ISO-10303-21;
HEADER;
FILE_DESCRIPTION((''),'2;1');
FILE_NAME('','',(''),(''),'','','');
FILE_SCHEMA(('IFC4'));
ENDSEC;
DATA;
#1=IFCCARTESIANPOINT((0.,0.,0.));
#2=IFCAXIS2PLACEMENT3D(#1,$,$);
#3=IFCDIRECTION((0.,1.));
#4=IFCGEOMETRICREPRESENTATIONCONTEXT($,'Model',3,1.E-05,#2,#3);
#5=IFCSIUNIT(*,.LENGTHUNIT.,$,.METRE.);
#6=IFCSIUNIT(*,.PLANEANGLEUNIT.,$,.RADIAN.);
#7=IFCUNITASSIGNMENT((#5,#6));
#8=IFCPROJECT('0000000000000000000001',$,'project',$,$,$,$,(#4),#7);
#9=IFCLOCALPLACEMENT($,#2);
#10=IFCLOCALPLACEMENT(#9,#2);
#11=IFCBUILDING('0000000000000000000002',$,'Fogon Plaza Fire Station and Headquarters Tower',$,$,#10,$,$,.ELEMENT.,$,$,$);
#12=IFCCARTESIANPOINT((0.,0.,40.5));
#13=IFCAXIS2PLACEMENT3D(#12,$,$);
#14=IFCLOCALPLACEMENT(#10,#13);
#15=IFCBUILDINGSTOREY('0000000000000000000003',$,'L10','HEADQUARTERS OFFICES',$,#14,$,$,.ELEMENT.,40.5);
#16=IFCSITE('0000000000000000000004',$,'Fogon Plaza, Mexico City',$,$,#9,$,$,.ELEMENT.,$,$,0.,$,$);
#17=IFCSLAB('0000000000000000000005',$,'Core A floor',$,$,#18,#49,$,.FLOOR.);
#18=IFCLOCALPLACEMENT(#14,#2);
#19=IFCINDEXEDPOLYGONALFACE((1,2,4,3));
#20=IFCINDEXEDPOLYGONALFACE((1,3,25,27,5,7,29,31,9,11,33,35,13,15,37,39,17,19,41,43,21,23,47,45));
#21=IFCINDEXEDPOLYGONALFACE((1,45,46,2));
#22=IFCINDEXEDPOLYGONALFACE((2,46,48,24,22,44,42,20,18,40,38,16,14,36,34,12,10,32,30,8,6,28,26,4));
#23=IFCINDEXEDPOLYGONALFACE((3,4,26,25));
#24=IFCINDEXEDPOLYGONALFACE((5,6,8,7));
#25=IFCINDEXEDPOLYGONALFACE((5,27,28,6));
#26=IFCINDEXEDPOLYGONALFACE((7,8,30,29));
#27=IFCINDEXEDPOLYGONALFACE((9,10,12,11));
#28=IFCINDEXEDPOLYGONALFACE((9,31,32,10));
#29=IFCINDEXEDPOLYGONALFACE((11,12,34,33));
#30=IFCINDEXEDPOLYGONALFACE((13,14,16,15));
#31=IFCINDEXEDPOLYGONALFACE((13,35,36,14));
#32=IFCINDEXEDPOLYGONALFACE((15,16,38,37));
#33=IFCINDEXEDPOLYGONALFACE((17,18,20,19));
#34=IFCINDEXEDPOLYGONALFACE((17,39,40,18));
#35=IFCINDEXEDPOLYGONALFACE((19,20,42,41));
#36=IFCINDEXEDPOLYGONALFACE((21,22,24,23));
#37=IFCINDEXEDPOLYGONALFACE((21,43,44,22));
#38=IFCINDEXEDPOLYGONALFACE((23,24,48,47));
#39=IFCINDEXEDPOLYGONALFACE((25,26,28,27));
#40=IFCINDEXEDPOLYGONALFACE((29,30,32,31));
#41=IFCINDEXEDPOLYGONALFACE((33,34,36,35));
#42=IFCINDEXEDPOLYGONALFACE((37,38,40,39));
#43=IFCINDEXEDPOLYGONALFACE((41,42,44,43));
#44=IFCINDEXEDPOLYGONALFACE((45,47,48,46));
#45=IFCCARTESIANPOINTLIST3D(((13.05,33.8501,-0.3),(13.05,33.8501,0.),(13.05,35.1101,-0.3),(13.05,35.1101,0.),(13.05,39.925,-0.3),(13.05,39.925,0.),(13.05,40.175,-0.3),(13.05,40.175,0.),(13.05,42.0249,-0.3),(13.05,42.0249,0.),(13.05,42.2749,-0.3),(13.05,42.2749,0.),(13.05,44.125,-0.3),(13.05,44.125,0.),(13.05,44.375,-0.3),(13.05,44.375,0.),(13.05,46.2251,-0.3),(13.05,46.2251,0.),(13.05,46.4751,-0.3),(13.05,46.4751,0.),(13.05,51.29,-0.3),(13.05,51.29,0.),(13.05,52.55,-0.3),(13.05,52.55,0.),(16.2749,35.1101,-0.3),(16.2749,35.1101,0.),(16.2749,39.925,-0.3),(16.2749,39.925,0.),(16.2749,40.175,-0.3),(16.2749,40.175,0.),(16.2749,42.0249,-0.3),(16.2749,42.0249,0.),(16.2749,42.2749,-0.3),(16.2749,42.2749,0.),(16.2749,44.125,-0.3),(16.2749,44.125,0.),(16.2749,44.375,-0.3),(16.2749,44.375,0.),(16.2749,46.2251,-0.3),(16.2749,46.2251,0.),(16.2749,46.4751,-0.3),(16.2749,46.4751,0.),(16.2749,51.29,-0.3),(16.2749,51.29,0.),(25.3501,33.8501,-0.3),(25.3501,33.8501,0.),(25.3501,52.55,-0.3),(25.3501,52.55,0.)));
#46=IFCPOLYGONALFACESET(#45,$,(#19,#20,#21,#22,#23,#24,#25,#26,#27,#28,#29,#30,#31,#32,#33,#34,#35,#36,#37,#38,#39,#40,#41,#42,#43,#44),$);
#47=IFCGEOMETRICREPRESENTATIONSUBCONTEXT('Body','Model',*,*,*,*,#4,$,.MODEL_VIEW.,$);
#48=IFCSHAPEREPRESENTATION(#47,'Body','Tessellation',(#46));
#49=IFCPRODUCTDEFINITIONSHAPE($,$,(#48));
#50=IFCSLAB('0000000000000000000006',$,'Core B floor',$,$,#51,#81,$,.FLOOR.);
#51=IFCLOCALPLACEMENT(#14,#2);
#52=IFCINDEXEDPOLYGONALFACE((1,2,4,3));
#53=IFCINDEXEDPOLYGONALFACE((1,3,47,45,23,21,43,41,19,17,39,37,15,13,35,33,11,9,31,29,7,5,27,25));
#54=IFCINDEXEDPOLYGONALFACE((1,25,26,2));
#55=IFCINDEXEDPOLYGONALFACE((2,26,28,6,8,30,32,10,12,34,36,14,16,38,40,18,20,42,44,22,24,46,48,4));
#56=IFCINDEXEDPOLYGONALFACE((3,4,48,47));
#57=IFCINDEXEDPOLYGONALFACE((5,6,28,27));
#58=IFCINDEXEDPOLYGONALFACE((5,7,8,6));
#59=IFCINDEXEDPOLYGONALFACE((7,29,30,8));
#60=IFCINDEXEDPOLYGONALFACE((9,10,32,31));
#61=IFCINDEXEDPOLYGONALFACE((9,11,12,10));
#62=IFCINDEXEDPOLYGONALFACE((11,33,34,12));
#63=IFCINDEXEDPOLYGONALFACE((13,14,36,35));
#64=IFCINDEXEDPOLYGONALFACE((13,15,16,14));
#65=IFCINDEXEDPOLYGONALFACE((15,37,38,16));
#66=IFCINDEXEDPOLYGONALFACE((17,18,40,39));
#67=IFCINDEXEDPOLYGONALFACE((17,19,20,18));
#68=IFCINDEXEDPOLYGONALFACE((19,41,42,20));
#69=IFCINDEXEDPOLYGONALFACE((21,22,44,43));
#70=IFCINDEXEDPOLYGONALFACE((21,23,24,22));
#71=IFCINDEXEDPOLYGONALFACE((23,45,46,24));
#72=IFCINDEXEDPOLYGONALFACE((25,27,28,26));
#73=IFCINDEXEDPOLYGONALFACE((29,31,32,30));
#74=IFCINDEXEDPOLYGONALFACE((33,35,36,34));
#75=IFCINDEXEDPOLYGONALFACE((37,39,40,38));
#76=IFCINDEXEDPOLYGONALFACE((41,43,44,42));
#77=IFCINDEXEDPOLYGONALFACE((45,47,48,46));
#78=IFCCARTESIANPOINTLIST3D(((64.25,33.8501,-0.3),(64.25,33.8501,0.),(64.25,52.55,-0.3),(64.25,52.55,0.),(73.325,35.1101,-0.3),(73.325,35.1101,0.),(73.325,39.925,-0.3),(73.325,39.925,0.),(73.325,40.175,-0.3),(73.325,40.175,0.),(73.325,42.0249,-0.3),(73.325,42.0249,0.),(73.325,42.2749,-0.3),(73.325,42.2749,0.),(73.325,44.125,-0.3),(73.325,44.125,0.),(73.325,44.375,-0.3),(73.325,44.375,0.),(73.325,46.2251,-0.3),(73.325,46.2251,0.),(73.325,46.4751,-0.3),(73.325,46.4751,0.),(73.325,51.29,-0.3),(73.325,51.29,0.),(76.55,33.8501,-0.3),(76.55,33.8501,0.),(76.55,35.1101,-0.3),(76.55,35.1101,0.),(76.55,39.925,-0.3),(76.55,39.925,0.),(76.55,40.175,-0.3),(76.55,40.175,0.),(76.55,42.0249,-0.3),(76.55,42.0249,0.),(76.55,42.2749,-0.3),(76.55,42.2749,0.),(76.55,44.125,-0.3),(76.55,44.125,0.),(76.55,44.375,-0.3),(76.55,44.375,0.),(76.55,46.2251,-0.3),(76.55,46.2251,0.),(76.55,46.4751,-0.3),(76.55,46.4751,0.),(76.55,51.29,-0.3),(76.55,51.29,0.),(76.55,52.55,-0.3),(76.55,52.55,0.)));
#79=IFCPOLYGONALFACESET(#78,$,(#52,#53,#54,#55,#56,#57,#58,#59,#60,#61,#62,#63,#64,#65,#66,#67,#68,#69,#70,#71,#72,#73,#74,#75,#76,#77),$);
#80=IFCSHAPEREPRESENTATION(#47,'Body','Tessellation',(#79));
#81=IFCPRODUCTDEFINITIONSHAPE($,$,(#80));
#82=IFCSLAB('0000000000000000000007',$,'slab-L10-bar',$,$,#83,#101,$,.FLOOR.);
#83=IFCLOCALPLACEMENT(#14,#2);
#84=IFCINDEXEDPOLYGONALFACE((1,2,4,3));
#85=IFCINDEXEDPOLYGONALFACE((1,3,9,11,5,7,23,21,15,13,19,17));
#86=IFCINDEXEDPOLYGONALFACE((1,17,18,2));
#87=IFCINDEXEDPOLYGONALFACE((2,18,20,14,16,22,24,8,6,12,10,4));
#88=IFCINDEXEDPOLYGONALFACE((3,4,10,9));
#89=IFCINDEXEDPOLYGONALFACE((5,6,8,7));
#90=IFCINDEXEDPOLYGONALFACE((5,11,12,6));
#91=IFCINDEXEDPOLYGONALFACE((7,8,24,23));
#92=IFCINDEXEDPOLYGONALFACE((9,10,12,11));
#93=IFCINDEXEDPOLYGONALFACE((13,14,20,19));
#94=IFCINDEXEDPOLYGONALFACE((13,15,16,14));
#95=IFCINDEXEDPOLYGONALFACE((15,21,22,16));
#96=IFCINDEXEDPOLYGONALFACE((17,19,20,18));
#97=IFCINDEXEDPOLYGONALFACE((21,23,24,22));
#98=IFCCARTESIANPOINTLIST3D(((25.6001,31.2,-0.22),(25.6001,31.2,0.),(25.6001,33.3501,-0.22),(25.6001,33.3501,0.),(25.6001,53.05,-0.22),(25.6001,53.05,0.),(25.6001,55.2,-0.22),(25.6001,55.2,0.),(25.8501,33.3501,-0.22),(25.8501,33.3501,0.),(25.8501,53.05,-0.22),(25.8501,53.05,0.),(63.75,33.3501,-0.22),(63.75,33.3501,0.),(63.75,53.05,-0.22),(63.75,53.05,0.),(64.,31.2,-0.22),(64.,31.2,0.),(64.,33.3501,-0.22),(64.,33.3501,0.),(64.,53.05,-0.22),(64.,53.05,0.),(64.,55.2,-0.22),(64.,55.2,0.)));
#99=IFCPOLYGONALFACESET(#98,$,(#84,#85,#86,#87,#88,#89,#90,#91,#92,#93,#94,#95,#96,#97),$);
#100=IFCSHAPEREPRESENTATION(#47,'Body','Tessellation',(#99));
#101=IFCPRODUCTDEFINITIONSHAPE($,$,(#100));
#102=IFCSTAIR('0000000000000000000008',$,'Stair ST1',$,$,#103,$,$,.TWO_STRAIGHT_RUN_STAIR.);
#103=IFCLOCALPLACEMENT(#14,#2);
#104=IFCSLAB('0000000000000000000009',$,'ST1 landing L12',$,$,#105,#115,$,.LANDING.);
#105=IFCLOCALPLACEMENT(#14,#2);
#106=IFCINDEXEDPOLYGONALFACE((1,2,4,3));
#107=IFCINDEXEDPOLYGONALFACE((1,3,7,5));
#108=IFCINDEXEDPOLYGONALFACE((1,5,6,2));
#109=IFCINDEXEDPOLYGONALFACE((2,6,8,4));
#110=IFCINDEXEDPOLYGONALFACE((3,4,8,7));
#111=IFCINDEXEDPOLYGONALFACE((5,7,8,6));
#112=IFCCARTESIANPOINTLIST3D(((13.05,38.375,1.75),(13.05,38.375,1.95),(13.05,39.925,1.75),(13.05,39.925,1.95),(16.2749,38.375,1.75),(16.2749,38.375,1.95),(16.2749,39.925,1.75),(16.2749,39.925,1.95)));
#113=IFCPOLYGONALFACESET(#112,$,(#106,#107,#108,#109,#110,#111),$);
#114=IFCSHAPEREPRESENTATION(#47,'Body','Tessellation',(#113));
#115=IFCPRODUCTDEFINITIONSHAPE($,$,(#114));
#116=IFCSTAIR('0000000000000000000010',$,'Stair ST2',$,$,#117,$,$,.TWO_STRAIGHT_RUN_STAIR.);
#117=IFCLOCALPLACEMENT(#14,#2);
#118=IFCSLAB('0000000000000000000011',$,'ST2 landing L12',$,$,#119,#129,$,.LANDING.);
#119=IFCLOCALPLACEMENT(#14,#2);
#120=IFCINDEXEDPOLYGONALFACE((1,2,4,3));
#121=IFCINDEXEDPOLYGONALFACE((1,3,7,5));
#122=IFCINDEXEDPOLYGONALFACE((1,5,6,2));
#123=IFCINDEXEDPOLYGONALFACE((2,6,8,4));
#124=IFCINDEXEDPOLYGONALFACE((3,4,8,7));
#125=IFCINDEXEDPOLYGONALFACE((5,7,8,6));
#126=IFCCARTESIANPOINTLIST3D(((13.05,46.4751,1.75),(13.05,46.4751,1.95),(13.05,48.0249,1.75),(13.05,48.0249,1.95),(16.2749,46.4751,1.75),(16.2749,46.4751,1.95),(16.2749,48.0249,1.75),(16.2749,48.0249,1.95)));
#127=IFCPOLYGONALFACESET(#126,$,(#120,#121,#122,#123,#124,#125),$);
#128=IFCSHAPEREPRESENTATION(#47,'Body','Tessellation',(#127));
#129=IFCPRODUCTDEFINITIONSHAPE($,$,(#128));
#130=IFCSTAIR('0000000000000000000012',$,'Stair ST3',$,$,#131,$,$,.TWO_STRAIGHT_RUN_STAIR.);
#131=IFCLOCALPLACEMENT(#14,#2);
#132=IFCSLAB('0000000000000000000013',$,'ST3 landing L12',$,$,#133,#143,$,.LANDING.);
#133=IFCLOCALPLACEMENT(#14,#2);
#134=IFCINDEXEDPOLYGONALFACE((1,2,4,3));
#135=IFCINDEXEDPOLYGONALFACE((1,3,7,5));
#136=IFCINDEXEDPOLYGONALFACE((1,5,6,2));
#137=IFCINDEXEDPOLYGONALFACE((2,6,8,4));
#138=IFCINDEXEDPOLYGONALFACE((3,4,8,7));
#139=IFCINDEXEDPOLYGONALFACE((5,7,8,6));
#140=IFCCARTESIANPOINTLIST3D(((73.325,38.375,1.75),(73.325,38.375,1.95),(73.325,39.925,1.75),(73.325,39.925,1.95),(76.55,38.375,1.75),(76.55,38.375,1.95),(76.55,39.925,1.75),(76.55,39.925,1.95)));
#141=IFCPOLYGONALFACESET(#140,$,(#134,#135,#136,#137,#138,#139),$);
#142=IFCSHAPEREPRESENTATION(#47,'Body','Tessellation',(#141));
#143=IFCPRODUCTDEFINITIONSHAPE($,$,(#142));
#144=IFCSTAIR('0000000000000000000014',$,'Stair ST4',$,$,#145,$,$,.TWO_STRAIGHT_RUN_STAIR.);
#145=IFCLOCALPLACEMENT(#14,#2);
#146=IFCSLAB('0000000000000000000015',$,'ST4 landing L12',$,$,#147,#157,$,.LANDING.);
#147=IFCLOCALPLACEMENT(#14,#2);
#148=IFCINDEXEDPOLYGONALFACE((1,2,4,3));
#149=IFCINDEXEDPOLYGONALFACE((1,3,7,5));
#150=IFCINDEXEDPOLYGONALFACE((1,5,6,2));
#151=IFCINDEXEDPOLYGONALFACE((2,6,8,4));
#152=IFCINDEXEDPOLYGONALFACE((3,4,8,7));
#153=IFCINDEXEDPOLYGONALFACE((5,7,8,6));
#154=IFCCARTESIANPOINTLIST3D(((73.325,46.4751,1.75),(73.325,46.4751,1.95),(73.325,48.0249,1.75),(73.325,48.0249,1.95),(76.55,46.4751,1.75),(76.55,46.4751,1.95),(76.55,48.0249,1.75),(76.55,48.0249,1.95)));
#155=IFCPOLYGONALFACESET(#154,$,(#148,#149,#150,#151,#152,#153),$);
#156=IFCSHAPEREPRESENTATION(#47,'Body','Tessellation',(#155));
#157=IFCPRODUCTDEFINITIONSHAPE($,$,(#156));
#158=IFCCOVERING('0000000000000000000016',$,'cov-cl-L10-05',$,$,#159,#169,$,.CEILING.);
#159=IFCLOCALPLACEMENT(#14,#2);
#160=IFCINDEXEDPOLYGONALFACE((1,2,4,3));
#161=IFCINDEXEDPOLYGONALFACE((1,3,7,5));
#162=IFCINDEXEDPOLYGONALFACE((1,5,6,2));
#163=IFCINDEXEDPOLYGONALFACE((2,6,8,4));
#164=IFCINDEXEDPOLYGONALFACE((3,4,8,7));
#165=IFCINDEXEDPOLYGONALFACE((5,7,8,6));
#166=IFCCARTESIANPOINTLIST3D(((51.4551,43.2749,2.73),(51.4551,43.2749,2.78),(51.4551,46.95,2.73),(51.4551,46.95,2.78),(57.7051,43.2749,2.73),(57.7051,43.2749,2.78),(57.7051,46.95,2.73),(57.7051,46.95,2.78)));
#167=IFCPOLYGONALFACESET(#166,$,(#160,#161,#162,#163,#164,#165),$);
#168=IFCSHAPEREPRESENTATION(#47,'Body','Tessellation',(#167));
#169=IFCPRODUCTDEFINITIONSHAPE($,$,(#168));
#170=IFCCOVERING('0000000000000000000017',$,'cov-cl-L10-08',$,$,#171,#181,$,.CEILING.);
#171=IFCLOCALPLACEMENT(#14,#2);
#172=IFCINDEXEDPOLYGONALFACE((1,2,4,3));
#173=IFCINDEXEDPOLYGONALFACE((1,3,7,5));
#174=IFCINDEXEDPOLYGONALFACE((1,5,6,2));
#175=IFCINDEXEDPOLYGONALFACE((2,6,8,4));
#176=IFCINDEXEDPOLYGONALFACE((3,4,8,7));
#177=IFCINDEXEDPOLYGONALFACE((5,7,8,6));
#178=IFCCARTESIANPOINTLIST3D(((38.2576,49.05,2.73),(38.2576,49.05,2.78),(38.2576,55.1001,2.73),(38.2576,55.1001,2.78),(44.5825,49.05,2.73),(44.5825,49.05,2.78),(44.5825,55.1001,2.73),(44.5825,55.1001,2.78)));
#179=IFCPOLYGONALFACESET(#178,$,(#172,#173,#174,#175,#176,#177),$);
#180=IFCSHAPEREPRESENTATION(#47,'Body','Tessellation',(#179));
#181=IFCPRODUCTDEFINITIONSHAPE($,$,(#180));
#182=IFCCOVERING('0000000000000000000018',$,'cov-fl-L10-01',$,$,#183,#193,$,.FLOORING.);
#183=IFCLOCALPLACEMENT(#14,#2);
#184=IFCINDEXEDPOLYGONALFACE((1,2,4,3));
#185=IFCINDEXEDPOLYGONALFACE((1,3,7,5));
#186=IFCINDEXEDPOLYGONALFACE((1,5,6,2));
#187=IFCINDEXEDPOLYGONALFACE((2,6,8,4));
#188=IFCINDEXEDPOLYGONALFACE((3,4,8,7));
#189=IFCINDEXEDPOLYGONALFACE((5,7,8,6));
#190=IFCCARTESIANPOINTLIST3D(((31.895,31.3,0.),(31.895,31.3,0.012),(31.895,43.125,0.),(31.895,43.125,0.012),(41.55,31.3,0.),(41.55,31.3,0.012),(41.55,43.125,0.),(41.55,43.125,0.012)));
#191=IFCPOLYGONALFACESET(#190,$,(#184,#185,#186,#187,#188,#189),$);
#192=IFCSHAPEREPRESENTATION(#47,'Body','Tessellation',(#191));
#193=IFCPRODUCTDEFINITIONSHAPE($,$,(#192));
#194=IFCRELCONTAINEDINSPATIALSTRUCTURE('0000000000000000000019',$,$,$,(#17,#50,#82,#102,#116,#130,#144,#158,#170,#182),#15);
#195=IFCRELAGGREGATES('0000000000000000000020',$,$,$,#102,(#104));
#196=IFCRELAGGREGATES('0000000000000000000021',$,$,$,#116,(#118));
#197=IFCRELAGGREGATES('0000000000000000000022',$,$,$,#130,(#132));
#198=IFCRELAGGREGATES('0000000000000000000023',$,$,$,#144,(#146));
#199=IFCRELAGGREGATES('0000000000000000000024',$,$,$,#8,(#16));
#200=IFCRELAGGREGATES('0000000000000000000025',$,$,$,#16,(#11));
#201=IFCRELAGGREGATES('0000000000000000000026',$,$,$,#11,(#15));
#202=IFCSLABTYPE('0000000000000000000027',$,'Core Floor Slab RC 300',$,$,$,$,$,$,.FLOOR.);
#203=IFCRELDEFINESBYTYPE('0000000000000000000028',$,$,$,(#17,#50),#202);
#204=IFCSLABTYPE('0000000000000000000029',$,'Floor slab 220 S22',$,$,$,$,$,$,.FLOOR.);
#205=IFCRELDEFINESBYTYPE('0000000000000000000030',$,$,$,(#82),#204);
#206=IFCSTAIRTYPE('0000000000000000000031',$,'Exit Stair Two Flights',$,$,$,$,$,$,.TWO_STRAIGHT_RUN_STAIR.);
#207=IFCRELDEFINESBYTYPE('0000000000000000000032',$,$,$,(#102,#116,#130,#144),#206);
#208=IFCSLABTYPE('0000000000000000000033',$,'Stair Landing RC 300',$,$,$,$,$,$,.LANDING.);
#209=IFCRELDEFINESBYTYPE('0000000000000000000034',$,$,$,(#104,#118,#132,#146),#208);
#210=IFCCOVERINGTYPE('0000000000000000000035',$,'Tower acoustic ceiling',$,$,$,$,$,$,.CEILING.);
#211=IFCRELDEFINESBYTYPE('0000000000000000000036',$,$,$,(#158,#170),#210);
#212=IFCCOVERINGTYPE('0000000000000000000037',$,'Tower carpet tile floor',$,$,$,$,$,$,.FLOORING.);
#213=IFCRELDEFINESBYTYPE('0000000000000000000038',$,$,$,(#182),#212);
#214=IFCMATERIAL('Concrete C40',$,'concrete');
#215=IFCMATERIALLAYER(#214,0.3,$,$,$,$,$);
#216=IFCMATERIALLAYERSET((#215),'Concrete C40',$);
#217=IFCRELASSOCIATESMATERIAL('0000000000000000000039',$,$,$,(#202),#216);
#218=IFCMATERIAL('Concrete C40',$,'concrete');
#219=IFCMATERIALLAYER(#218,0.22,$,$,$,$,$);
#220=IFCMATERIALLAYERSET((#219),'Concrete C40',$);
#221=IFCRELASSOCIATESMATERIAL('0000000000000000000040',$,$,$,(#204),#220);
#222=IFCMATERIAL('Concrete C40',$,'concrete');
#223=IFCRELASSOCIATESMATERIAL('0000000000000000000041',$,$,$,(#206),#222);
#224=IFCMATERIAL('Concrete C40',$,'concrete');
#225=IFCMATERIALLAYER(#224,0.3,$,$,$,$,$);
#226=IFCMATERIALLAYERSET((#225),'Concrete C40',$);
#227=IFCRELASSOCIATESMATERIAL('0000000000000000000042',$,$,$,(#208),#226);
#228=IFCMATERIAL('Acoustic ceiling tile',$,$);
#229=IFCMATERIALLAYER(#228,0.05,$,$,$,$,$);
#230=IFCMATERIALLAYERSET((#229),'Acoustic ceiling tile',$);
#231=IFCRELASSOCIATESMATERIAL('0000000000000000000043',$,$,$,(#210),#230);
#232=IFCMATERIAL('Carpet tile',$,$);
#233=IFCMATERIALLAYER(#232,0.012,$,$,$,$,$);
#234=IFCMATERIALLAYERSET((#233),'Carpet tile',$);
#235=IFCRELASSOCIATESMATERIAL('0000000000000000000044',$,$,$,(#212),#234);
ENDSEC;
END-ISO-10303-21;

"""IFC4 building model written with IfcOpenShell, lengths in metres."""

from ifc_helpers import new_model, si_unit, direction, frame, origin, place, context, subcontext, project, spatial, polyline, outline, extrude, material, layer, layer_set, type_object, element, aggregate, save


model = new_model("IFC4")

# Units and contexts
model_context = context("Model", 3, precision=1e-05, world=origin(), true_north=direction((0.0, 1.0)))
body_context = subcontext(model_context, "Body", "Model", "MODEL_VIEW")
ifc_project = project(units=[si_unit("LENGTHUNIT", "METRE"), si_unit("PLANEANGLEUNIT", "RADIAN")], contexts=[model_context])

# Site, building, storey
site_placement = place(None, origin())
site = spatial("IfcSite", under=ifc_project, at=site_placement, Name="Fogon Plaza, Mexico City", CompositionType="ELEMENT", RefElevation=0.0)
building_placement = place(site_placement, origin())
building = spatial("IfcBuilding", under=site, at=building_placement, Name="Fogon Plaza Fire Station and Headquarters Tower", CompositionType="ELEMENT")
storey_placement = place(building_placement, frame((0.0, 0.0, 40.5)))
storey = spatial("IfcBuildingStorey", under=building, at=storey_placement, Name="L10", Description="HEADQUARTERS OFFICES", CompositionType="ELEMENT", Elevation=40.5)

# Slabs
ifc_material_1 = material(Name="Concrete C40", Category="concrete")
ifc_layer_1 = layer(ifc_material_1, 0.3)
ifc_layer_set_1 = layer_set([ifc_layer_1], Name="Concrete C40")
slab_type_1 = type_object("IfcSlabType", Name="Core Floor Slab RC 300", PredefinedType="FLOOR", material=ifc_layer_set_1)
slab_1_placement = place(storey_placement, frame((0.0, 0.0, -0.3)))
element("IfcSlab", 1, at=slab_1_placement, inside=storey, type_object=slab_type_1, Name="Core A floor", PredefinedType="FLOOR", context=body_context, shape_type="SweptSolid", body=[
    extrude(outline(polyline([(13.05, 35.1101), (13.05, 33.8501), (25.3501, 33.8501), (25.3501, 52.55), (13.05, 52.55), (13.05, 51.29), (16.2749, 51.29), (16.2749, 46.4751), (13.05, 46.4751), (13.05, 46.2251), (16.2749, 46.2251), (16.2749, 44.375), (13.05, 44.375), (13.05, 44.125), (16.2749, 44.125), (16.2749, 42.2749), (13.05, 42.2749), (13.05, 42.0249), (16.2749, 42.0249), (16.2749, 40.175), (13.05, 40.175), (13.05, 39.925), (16.2749, 39.925), (16.2749, 35.1101), (13.05, 35.1101)])), origin(), (0.0, 0.0, 1.0), 0.3),
])
slab_2_placement = place(storey_placement, frame((0.0, 0.0, -0.3)))
element("IfcSlab", 2, at=slab_2_placement, inside=storey, type_object=slab_type_1, Name="Core B floor", PredefinedType="FLOOR", context=body_context, shape_type="SweptSolid", body=[
    extrude(outline(polyline([(76.55, 35.1101), (73.325, 35.1101), (73.325, 39.925), (76.55, 39.925), (76.55, 40.175), (73.325, 40.175), (73.325, 42.0249), (76.55, 42.0249), (76.55, 42.2749), (73.325, 42.2749), (73.325, 44.125), (76.55, 44.125), (76.55, 44.375), (73.325, 44.375), (73.325, 46.2251), (76.55, 46.2251), (76.55, 46.4751), (73.325, 46.4751), (73.325, 51.29), (76.55, 51.29), (76.55, 52.55), (64.25, 52.55), (64.25, 33.8501), (76.55, 33.8501), (76.55, 35.1101)])), origin(), (0.0, 0.0, 1.0), 0.3),
])
ifc_material_2 = material(Name="Concrete C40", Category="concrete")
ifc_layer_2 = layer(ifc_material_2, 0.22)
ifc_layer_set_2 = layer_set([ifc_layer_2], Name="Concrete C40")
slab_type_2 = type_object("IfcSlabType", Name="Floor slab 220 S22", PredefinedType="FLOOR", material=ifc_layer_set_2)
slab_3_placement = place(storey_placement, frame((0.0, 0.0, -0.22)))
element("IfcSlab", 3, at=slab_3_placement, inside=storey, type_object=slab_type_2, Name="slab-L10-bar", PredefinedType="FLOOR", context=body_context, shape_type="SweptSolid", body=[
    extrude(outline(polyline([(64.0, 31.2), (25.6001, 31.2), (25.6001, 33.3501), (25.8501, 33.3501), (25.8501, 53.05), (25.6001, 53.05), (25.6001, 55.2), (64.0, 55.2), (64.0, 53.05), (63.75, 53.05), (63.75, 33.3501), (64.0, 33.3501), (64.0, 31.2)])), origin(), (0.0, 0.0, 1.0), 0.22),
])

# Stairs, slabs
ifc_material_3 = material(Name="Concrete C40", Category="concrete")
stair_type = type_object("IfcStairType", Name="Exit Stair Two Flights", PredefinedType="TWO_STRAIGHT_RUN_STAIR", material=ifc_material_3)
stair_1_placement = place(storey_placement, origin())
stair_1 = element("IfcStair", 4, at=stair_1_placement, inside=storey, type_object=stair_type, Name="Stair ST1", PredefinedType="TWO_STRAIGHT_RUN_STAIR")
ifc_material_4 = material(Name="Concrete C40", Category="concrete")
ifc_layer_3 = layer(ifc_material_4, 0.3)
ifc_layer_set_3 = layer_set([ifc_layer_3], Name="Concrete C40")
slab_type_3 = type_object("IfcSlabType", Name="Stair Landing RC 300", PredefinedType="LANDING", material=ifc_layer_set_3)
slab_4_placement = place(storey_placement, frame((0.0, 0.0, 1.75)))
slab_4 = element("IfcSlab", 5, at=slab_4_placement, type_object=slab_type_3, Name="ST1 landing L12", PredefinedType="LANDING", context=body_context, shape_type="SweptSolid", body=[
    extrude(outline(polyline([(16.2749, 38.375), (16.2749, 39.925), (13.05, 39.925), (13.05, 38.375), (16.2749, 38.375)])), origin(), (0.0, 0.0, 1.0), 0.2),
])
aggregate(stair_1, [slab_4])
stair_2_placement = place(storey_placement, origin())
stair_2 = element("IfcStair", 6, at=stair_2_placement, inside=storey, type_object=stair_type, Name="Stair ST2", PredefinedType="TWO_STRAIGHT_RUN_STAIR")
slab_5_placement = place(storey_placement, frame((0.0, 0.0, 1.75)))
slab_5 = element("IfcSlab", 7, at=slab_5_placement, type_object=slab_type_3, Name="ST2 landing L12", PredefinedType="LANDING", context=body_context, shape_type="SweptSolid", body=[
    extrude(outline(polyline([(16.2749, 46.4751), (16.2749, 48.0249), (13.05, 48.0249), (13.05, 46.4751), (16.2749, 46.4751)])), origin(), (0.0, 0.0, 1.0), 0.2),
])
aggregate(stair_2, [slab_5])
stair_3_placement = place(storey_placement, origin())
stair_3 = element("IfcStair", 8, at=stair_3_placement, inside=storey, type_object=stair_type, Name="Stair ST3", PredefinedType="TWO_STRAIGHT_RUN_STAIR")
slab_6_placement = place(storey_placement, frame((0.0, 0.0, 1.75)))
slab_6 = element("IfcSlab", 9, at=slab_6_placement, type_object=slab_type_3, Name="ST3 landing L12", PredefinedType="LANDING", context=body_context, shape_type="SweptSolid", body=[
    extrude(outline(polyline([(73.325, 38.375), (76.55, 38.375), (76.55, 39.925), (73.325, 39.925), (73.325, 38.375)])), origin(), (0.0, 0.0, 1.0), 0.2),
])
aggregate(stair_3, [slab_6])
stair_4_placement = place(storey_placement, origin())
stair_4 = element("IfcStair", 10, at=stair_4_placement, inside=storey, type_object=stair_type, Name="Stair ST4", PredefinedType="TWO_STRAIGHT_RUN_STAIR")
slab_7_placement = place(storey_placement, frame((0.0, 0.0, 1.75)))
slab_7 = element("IfcSlab", 11, at=slab_7_placement, type_object=slab_type_3, Name="ST4 landing L12", PredefinedType="LANDING", context=body_context, shape_type="SweptSolid", body=[
    extrude(outline(polyline([(73.325, 46.4751), (76.55, 46.4751), (76.55, 48.0249), (73.325, 48.0249), (73.325, 46.4751)])), origin(), (0.0, 0.0, 1.0), 0.2),
])
aggregate(stair_4, [slab_7])

# Coverings
ifc_material_5 = material(Name="Acoustic ceiling tile")
ifc_layer_4 = layer(ifc_material_5, 0.05)
ifc_layer_set_4 = layer_set([ifc_layer_4], Name="Acoustic ceiling tile")
covering_type_1 = type_object("IfcCoveringType", Name="Tower acoustic ceiling", PredefinedType="CEILING", material=ifc_layer_set_4)
covering_1_placement = place(storey_placement, frame((0.0, 0.0, 2.73)))
element("IfcCovering", 12, at=covering_1_placement, inside=storey, type_object=covering_type_1, Name="cov-cl-L10-05", PredefinedType="CEILING", context=body_context, shape_type="SweptSolid", body=[
    extrude(outline(polyline([(57.7051, 43.2749), (57.7051, 46.95), (51.4551, 46.95), (51.4551, 43.2749), (57.7051, 43.2749)])), origin(), (0.0, 0.0, 1.0), 0.05),
])
covering_2_placement = place(storey_placement, frame((0.0, 0.0, 2.73)))
element("IfcCovering", 13, at=covering_2_placement, inside=storey, type_object=covering_type_1, Name="cov-cl-L10-08", PredefinedType="CEILING", context=body_context, shape_type="SweptSolid", body=[
    extrude(outline(polyline([(44.5825, 49.05), (44.5825, 55.1001), (38.2576, 55.1001), (38.2576, 49.05), (44.5825, 49.05)])), origin(), (0.0, 0.0, 1.0), 0.05),
])
ifc_material_6 = material(Name="Carpet tile")
ifc_layer_5 = layer(ifc_material_6, 0.012)
ifc_layer_set_5 = layer_set([ifc_layer_5], Name="Carpet tile")
covering_type_2 = type_object("IfcCoveringType", Name="Tower carpet tile floor", PredefinedType="FLOORING", material=ifc_layer_set_5)
covering_3_placement = place(storey_placement, origin())
element("IfcCovering", 14, at=covering_3_placement, inside=storey, type_object=covering_type_2, Name="cov-fl-L10-01", PredefinedType="FLOORING", context=body_context, shape_type="SweptSolid", body=[
    extrude(outline(polyline([(41.55, 31.3), (41.55, 43.125), (31.895, 43.125), (31.895, 31.3), (41.55, 31.3)])), origin(), (0.0, 0.0, 1.0), 0.012),
])

save(model, "model.ifc")
